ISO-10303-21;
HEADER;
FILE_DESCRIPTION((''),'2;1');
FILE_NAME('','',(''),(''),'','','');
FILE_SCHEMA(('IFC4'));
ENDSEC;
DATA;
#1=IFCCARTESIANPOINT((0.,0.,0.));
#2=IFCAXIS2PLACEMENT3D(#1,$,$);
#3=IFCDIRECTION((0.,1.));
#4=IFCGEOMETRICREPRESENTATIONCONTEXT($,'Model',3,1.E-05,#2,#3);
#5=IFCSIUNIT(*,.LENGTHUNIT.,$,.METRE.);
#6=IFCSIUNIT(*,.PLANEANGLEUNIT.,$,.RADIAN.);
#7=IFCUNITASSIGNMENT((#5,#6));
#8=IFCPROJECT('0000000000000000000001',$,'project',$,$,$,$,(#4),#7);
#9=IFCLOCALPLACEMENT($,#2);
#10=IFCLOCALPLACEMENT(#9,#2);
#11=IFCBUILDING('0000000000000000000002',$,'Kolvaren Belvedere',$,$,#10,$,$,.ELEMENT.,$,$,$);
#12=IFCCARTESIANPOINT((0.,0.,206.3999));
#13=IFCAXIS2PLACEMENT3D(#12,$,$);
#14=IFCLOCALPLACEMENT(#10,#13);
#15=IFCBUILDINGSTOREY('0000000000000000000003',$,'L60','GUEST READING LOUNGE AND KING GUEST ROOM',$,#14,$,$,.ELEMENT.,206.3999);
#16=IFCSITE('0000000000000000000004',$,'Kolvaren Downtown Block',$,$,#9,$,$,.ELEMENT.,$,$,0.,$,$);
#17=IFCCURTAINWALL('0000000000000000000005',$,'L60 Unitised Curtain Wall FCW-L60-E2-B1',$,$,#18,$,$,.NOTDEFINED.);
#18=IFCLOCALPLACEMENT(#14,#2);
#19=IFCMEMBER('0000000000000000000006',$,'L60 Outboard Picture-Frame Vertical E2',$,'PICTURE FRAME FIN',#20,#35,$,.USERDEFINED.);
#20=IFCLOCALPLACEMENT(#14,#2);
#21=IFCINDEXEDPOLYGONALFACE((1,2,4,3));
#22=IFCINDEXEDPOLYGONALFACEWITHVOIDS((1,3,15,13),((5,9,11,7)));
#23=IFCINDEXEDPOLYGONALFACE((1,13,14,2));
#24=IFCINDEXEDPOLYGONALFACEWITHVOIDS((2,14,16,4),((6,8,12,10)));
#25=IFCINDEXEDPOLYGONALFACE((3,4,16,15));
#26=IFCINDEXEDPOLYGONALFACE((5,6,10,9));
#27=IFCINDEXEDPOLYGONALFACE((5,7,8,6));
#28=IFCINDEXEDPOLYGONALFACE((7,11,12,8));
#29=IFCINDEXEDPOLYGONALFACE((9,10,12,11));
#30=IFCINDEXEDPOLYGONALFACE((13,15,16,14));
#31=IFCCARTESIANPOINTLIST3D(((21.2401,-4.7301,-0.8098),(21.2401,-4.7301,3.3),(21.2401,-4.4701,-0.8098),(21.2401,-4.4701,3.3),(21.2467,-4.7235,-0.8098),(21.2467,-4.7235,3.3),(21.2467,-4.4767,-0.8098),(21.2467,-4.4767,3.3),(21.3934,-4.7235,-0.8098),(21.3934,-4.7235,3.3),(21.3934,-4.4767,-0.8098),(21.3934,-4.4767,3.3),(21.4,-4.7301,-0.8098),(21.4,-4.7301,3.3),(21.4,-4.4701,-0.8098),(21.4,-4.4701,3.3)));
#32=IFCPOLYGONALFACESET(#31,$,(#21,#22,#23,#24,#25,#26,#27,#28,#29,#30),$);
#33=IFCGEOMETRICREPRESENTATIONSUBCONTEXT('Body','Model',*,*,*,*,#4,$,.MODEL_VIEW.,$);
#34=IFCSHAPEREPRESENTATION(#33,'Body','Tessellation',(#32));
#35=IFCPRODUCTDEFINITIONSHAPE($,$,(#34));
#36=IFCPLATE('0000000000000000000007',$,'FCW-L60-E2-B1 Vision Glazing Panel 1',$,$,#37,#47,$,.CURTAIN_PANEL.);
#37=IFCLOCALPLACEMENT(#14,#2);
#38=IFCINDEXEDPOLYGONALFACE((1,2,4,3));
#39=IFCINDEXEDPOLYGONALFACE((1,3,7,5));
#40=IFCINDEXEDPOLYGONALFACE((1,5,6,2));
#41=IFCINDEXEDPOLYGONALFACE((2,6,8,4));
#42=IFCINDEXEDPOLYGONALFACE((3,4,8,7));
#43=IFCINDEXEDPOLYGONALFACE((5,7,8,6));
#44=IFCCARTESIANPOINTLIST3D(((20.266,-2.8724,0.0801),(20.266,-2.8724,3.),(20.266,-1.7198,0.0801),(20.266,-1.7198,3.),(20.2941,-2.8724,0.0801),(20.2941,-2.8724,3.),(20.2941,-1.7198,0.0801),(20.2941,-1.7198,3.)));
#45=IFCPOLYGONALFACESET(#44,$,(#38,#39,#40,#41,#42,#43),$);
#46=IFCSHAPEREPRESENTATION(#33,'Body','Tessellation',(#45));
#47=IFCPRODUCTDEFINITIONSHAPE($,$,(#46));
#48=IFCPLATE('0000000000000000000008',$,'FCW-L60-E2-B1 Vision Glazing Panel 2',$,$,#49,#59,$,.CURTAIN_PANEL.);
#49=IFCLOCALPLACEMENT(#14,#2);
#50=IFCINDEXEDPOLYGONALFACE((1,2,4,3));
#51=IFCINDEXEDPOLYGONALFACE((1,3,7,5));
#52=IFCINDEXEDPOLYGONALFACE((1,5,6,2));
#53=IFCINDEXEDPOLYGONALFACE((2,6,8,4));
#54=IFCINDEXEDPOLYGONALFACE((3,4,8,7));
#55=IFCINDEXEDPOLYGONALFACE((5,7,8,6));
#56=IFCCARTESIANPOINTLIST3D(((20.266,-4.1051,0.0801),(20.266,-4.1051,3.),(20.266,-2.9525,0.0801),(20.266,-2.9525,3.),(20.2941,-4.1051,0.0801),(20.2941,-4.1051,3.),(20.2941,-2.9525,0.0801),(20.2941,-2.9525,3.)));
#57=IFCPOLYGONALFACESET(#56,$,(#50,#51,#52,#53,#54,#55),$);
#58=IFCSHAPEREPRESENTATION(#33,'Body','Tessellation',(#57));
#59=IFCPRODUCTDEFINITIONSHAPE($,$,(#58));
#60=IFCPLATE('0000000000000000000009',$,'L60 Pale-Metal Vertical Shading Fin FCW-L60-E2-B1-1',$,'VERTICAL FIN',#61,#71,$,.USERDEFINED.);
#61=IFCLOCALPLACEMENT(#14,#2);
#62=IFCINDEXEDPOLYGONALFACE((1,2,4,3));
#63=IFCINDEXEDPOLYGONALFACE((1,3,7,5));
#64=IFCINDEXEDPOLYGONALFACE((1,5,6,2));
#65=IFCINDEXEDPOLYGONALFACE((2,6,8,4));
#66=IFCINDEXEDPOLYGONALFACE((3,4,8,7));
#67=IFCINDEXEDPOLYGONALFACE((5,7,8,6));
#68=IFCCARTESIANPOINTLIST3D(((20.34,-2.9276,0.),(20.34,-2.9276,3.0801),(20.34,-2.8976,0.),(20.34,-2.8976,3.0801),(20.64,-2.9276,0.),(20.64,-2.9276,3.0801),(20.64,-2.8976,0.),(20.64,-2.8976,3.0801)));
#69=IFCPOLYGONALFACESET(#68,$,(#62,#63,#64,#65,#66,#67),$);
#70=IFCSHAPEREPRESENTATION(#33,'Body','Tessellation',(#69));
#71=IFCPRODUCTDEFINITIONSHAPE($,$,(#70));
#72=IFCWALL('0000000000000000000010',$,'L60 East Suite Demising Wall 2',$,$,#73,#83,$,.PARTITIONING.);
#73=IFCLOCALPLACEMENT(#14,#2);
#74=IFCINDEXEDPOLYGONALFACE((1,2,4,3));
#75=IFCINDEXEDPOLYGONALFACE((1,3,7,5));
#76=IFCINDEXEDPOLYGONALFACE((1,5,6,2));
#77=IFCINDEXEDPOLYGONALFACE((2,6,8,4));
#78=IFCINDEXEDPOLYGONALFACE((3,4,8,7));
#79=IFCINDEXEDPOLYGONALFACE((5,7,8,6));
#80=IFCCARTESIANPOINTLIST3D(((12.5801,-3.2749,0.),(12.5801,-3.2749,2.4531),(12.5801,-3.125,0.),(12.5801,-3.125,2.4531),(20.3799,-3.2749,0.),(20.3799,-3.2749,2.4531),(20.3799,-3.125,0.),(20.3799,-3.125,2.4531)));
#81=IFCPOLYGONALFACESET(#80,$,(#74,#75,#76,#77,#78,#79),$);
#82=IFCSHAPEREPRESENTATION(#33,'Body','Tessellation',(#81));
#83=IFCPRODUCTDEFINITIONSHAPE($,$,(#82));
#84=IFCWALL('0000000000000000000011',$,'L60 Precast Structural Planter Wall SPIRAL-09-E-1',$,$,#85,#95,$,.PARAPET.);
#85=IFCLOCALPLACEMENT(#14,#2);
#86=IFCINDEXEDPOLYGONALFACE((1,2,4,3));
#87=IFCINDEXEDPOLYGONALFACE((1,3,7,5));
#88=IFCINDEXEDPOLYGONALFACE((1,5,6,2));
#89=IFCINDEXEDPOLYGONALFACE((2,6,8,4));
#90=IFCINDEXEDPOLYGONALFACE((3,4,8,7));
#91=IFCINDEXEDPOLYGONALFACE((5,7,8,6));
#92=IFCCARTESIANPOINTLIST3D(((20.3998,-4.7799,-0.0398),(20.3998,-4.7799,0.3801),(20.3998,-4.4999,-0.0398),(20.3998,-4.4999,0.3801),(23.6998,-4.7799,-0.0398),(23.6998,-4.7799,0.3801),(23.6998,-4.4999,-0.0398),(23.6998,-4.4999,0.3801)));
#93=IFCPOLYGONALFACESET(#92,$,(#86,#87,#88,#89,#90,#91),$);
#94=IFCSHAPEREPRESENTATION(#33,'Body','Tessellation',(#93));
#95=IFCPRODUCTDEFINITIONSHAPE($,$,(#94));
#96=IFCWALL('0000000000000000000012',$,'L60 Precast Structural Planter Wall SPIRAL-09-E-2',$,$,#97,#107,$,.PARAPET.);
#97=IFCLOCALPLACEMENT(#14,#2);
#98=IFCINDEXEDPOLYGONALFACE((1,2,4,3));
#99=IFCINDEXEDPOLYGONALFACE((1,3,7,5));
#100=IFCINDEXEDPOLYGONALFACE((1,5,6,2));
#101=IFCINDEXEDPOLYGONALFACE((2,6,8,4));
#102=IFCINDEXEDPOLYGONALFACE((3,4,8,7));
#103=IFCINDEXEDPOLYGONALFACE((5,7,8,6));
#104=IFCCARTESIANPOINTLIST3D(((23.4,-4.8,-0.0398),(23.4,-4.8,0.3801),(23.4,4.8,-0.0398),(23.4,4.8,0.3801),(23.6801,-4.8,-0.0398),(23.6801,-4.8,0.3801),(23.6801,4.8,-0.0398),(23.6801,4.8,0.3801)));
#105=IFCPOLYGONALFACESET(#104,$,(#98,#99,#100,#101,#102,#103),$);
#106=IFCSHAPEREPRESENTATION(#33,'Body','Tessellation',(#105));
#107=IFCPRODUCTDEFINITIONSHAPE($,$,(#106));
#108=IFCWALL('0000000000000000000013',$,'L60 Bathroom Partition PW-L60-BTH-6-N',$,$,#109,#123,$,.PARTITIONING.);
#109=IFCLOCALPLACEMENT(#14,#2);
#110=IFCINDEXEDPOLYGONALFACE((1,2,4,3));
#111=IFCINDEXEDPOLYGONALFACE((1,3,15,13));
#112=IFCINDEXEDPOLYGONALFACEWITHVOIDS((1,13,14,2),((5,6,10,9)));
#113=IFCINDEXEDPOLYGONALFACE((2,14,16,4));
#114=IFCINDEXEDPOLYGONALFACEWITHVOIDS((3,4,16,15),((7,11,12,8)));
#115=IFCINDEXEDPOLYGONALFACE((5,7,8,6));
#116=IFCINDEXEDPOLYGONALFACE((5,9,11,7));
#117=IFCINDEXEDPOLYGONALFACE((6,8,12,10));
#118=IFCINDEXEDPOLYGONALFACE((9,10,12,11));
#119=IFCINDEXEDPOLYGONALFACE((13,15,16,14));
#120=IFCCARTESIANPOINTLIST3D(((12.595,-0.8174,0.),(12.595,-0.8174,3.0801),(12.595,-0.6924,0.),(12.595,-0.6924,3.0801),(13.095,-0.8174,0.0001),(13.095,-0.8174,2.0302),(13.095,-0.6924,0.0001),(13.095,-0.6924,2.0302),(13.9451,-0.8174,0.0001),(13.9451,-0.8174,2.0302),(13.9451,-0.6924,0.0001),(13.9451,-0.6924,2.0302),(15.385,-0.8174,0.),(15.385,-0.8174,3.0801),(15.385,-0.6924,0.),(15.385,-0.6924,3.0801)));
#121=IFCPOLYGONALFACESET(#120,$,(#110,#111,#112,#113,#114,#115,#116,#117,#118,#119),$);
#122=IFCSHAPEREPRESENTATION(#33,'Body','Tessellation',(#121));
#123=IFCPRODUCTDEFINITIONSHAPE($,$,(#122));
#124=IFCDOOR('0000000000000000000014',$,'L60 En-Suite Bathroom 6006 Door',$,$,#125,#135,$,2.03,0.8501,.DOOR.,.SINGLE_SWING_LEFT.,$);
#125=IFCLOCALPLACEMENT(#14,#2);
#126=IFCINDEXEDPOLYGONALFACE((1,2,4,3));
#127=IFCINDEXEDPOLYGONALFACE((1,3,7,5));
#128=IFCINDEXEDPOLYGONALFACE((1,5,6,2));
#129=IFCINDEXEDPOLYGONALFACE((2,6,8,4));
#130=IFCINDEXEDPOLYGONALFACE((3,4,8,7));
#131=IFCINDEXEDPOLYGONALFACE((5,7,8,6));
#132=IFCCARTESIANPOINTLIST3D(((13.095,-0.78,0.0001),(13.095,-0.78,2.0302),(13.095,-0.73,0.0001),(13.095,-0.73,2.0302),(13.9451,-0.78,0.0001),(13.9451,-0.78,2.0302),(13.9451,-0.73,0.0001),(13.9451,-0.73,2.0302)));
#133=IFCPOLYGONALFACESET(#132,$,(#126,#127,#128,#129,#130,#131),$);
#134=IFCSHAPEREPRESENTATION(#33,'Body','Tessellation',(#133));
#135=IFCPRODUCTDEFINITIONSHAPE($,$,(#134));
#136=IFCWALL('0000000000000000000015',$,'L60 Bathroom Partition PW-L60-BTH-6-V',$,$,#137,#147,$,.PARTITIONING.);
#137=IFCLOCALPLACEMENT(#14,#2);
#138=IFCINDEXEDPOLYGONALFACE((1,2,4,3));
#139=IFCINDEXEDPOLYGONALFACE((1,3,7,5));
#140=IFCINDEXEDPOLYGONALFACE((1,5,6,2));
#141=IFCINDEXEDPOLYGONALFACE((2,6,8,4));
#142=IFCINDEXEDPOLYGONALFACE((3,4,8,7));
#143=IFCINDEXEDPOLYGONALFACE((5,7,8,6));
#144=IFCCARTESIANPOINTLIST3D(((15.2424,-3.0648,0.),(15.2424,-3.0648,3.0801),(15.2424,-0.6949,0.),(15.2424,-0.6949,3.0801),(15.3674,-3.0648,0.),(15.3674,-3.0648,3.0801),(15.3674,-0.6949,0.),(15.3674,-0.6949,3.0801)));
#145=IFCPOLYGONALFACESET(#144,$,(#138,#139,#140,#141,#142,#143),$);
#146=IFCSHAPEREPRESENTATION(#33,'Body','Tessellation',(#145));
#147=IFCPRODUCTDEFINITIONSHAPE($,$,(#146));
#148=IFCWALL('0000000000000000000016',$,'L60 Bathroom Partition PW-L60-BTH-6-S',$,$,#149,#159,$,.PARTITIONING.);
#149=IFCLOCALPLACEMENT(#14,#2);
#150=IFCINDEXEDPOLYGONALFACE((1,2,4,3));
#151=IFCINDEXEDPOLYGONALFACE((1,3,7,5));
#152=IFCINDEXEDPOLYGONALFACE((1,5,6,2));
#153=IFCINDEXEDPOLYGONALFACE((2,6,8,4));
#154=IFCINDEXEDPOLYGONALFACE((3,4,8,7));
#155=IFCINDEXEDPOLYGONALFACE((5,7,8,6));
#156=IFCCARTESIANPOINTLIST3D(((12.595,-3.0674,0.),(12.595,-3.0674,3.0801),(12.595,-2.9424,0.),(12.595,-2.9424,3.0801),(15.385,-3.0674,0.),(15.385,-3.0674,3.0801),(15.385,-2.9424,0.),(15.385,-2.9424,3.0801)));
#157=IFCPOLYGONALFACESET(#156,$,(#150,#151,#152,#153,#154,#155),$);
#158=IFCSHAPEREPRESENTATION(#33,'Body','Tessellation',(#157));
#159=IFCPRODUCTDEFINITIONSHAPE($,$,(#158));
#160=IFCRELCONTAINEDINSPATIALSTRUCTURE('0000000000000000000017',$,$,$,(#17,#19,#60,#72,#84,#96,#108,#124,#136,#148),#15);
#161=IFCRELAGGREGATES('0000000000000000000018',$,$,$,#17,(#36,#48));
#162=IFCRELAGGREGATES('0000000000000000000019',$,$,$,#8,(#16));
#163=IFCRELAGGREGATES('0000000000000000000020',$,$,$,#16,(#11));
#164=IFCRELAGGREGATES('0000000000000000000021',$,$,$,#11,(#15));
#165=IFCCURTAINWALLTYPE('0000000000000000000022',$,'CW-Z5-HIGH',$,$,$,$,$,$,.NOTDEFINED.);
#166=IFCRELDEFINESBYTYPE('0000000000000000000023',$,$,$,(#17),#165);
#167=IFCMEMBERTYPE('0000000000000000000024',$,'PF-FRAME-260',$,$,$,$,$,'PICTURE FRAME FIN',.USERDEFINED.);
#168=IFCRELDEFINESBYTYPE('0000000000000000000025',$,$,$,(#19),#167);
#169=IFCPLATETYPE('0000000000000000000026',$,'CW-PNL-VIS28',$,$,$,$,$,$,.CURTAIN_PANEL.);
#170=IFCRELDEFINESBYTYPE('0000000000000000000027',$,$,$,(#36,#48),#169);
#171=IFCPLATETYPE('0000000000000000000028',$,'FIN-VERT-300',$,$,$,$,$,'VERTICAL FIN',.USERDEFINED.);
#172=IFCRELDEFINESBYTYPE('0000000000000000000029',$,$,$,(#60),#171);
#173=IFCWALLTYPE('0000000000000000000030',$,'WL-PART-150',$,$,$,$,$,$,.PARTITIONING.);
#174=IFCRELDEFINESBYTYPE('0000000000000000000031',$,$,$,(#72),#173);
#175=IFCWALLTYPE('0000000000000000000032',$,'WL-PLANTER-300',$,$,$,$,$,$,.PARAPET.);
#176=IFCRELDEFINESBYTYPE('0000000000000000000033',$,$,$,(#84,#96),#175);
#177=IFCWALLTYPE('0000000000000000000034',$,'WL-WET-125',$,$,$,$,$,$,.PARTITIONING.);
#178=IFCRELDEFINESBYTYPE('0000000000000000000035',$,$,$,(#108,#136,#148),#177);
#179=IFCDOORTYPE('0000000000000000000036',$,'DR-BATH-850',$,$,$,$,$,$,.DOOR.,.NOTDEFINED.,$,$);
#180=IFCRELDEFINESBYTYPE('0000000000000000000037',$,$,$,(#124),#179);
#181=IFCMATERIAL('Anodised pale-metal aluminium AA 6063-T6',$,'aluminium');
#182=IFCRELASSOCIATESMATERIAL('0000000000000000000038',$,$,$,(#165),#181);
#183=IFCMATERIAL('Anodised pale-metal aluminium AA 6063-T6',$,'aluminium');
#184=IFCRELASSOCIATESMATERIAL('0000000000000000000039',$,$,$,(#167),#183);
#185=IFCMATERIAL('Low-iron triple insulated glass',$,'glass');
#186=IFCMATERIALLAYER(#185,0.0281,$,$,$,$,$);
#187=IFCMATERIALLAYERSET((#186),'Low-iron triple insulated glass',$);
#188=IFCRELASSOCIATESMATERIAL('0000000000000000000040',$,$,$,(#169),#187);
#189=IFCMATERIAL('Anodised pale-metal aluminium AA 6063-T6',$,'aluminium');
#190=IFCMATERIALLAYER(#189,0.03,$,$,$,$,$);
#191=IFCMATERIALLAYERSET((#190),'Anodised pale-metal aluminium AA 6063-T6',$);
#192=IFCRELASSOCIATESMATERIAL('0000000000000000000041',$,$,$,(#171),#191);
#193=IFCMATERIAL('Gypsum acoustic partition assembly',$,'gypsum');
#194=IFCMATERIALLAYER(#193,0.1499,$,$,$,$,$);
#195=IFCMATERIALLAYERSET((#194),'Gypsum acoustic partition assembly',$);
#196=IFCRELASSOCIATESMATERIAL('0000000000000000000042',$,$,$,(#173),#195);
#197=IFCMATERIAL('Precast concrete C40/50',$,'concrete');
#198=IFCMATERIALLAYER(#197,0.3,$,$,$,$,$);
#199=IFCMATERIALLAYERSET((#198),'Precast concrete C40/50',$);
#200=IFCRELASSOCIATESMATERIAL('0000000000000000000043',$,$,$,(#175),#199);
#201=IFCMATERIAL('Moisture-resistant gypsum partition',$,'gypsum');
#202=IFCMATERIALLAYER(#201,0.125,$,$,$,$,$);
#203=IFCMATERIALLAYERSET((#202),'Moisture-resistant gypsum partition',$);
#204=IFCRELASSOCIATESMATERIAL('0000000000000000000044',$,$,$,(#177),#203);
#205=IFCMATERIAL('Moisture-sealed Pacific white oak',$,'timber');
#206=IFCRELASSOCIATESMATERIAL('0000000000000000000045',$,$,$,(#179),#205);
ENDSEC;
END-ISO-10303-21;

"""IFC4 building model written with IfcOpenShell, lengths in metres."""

from ifc_helpers import new_model, si_unit, direction, frame, frame_2d, origin, origin_2d, place, context, subcontext, project, spatial, rectangle, hollow_rectangle, extrude, material, layer, layer_set, material_profile, profile_set, type_object, element, fill, aggregate, save


model = new_model("IFC4")

# Units and contexts
model_context = context("Model", 3, precision=1e-05, world=origin(), true_north=direction((0.0, 1.0)))
body_context = subcontext(model_context, "Body", "Model", "MODEL_VIEW")
ifc_project = project(units=[si_unit("LENGTHUNIT", "METRE"), si_unit("PLANEANGLEUNIT", "RADIAN")], contexts=[model_context])

# Site, building, storey
site_placement = place(None, origin())
site = spatial("IfcSite", under=ifc_project, at=site_placement, Name="Kolvaren Downtown Block", CompositionType="ELEMENT", RefElevation=0.0)
building_placement = place(site_placement, origin())
building = spatial("IfcBuilding", under=site, at=building_placement, Name="Kolvaren Belvedere", CompositionType="ELEMENT")
storey_placement = place(building_placement, frame((0.0, 0.0, 206.3999)))
storey = spatial("IfcBuildingStorey", under=building, at=storey_placement, Name="L60", Description="GUEST READING LOUNGE AND KING GUEST ROOM", CompositionType="ELEMENT", Elevation=206.3999)

# Curtain wall
ifc_material_1 = material(Name="Anodised pale-metal aluminium AA 6063-T6", Category="aluminium")
curtain_wall_type = type_object("IfcCurtainWallType", Name="CW-Z5-HIGH", PredefinedType="NOTDEFINED", material=ifc_material_1)
curtain_wall_1_placement = place(storey_placement, origin())
curtain_wall_1 = element("IfcCurtainWall", 1, at=curtain_wall_1_placement, inside=storey, type_object=curtain_wall_type, Name="L60 Unitised Curtain Wall FCW-L60-E2-B1", PredefinedType="NOTDEFINED")

# Member
ifc_material_2 = material(Name="Anodised pale-metal aluminium AA 6063-T6", Category="aluminium")
ifc_material_profile_1 = material_profile(ifc_material_2, hollow_rectangle(XDim=0.1599, YDim=0.26, WallThickness=0.0066, at=origin_2d()), Name="ALU-PF-260X160")
ifc_profile_set_1 = profile_set([ifc_material_profile_1], Name="Anodised pale-metal aluminium AA 6063-T6")
member_type_1 = type_object("IfcMemberType", Name="PF-FRAME-260", ElementType="PICTURE FRAME FIN", PredefinedType="USERDEFINED", material=ifc_profile_set_1)
member_1_placement = place(storey_placement, frame((21.3201, -4.6001, -0.8098), z_axis=(0.0, 0.0, 1.0), x_axis=(1.0, 0.0, 0.0)))
element("IfcMember", 2, at=member_1_placement, inside=storey, type_object=member_type_1, Name="L60 Outboard Picture-Frame Vertical E2", ObjectType="PICTURE FRAME FIN", PredefinedType="USERDEFINED", context=body_context, shape_type="SweptSolid", body=[
    extrude(hollow_rectangle(XDim=0.1599, YDim=0.26, WallThickness=0.0066, at=origin_2d()), origin(), (0.0, 0.0, 1.0), 4.1099),
])

# Plates
ifc_material_3 = material(Name="Low-iron triple insulated glass", Category="glass")
ifc_layer_1 = layer(ifc_material_3, 0.0281)
ifc_layer_set_1 = layer_set([ifc_layer_1], Name="Low-iron triple insulated glass")
plate_type_1 = type_object("IfcPlateType", Name="CW-PNL-VIS28", PredefinedType="CURTAIN_PANEL", material=ifc_layer_set_1)
plate_1_placement = place(storey_placement, frame((20.28, -2.2961, 0.0801), z_axis=(0.0, 0.0, 1.0), x_axis=(0.0, -1.0, 0.0)))
plate_1 = element("IfcPlate", 3, at=plate_1_placement, type_object=plate_type_1, Name="FCW-L60-E2-B1 Vision Glazing Panel 1", PredefinedType="CURTAIN_PANEL", context=body_context, shape_type="SweptSolid", body=[
    extrude(rectangle(XDim=1.1526, YDim=0.0281, at=origin_2d()), origin(), (0.0, 0.0, 1.0), 2.9199),
])
plate_2_placement = place(storey_placement, frame((20.28, -3.5288, 0.0801), z_axis=(0.0, 0.0, 1.0), x_axis=(0.0, -1.0, 0.0)))
plate_2 = element("IfcPlate", 4, at=plate_2_placement, type_object=plate_type_1, Name="FCW-L60-E2-B1 Vision Glazing Panel 2", PredefinedType="CURTAIN_PANEL", context=body_context, shape_type="SweptSolid", body=[
    extrude(rectangle(XDim=1.1526, YDim=0.0281, at=origin_2d()), origin(), (0.0, 0.0, 1.0), 2.9199),
])
aggregate(curtain_wall_1, [plate_1, plate_2])
ifc_material_4 = material(Name="Anodised pale-metal aluminium AA 6063-T6", Category="aluminium")
ifc_layer_2 = layer(ifc_material_4, 0.03)
ifc_layer_set_2 = layer_set([ifc_layer_2], Name="Anodised pale-metal aluminium AA 6063-T6")
plate_type_2 = type_object("IfcPlateType", Name="FIN-VERT-300", ElementType="VERTICAL FIN", PredefinedType="USERDEFINED", material=ifc_layer_set_2)
plate_3_placement = place(storey_placement, frame((20.49, -2.9126, 0.0), z_axis=(0.0, 0.0, 1.0), x_axis=(1.0, 0.0, 0.0)))
element("IfcPlate", 5, at=plate_3_placement, inside=storey, type_object=plate_type_2, Name="L60 Pale-Metal Vertical Shading Fin FCW-L60-E2-B1-1", ObjectType="VERTICAL FIN", PredefinedType="USERDEFINED", context=body_context, shape_type="SweptSolid", body=[
    extrude(rectangle(XDim=0.3, YDim=0.03, at=origin_2d()), origin(), (0.0, 0.0, 1.0), 3.0801),
])

# Walls
ifc_material_5 = material(Name="Gypsum acoustic partition assembly", Category="gypsum")
ifc_layer_3 = layer(ifc_material_5, 0.1499)
ifc_layer_set_3 = layer_set([ifc_layer_3], Name="Gypsum acoustic partition assembly")
wall_type_1 = type_object("IfcWallType", Name="WL-PART-150", PredefinedType="PARTITIONING", material=ifc_layer_set_3)
wall_1_placement = place(storey_placement, frame((12.5801, -3.2, 0.0), z_axis=(0.0, 0.0, 1.0), x_axis=(1.0, 0.0, 0.0)))
element("IfcWall", 6, at=wall_1_placement, inside=storey, type_object=wall_type_1, Name="L60 East Suite Demising Wall 2", PredefinedType="PARTITIONING", context=body_context, shape_type="SweptSolid", body=[
    extrude(rectangle(XDim=7.7998, YDim=0.1499, at=frame_2d((3.8999, 0.0))), origin(), (0.0, 0.0, 1.0), 2.4531),
])
ifc_material_6 = material(Name="Precast concrete C40/50", Category="concrete")
ifc_layer_4 = layer(ifc_material_6, 0.3)
ifc_layer_set_4 = layer_set([ifc_layer_4], Name="Precast concrete C40/50")
wall_type_2 = type_object("IfcWallType", Name="WL-PLANTER-300", PredefinedType="PARAPET", material=ifc_layer_set_4)
wall_2_placement = place(storey_placement, frame((20.3999, -4.6399, -0.0398), z_axis=(0.0, 0.0, 1.0), x_axis=(1.0, 0.0, 0.0)))
element("IfcWall", 7, at=wall_2_placement, inside=storey, type_object=wall_type_2, Name="L60 Precast Structural Planter Wall SPIRAL-09-E-1", PredefinedType="PARAPET", context=body_context, shape_type="SweptSolid", body=[
    extrude(rectangle(XDim=3.3, YDim=0.28, at=frame_2d((1.6499, 0.0))), origin(), (0.0, 0.0, 1.0), 0.4199),
])
wall_3_placement = place(storey_placement, frame((23.54, -4.8, -0.0398), z_axis=(0.0, 0.0, 1.0), x_axis=(0.0, 1.0, 0.0)))
element("IfcWall", 8, at=wall_3_placement, inside=storey, type_object=wall_type_2, Name="L60 Precast Structural Planter Wall SPIRAL-09-E-2", PredefinedType="PARAPET", context=body_context, shape_type="SweptSolid", body=[
    extrude(rectangle(XDim=9.6001, YDim=0.28, at=frame_2d((4.8, 0.0))), origin(), (0.0, 0.0, 1.0), 0.4199),
])

# Wall, opening, door
ifc_material_7 = material(Name="Moisture-resistant gypsum partition", Category="gypsum")
ifc_layer_5 = layer(ifc_material_7, 0.125)
ifc_layer_set_5 = layer_set([ifc_layer_5], Name="Moisture-resistant gypsum partition")
wall_type_3 = type_object("IfcWallType", Name="WL-WET-125", PredefinedType="PARTITIONING", material=ifc_layer_set_5)
wall_4_placement = place(storey_placement, frame((12.595, -0.7549, 0.0), z_axis=(0.0, 0.0, 1.0), x_axis=(1.0, 0.0, 0.0)))
wall_4 = element("IfcWall", 9, at=wall_4_placement, inside=storey, type_object=wall_type_3, Name="L60 Bathroom Partition PW-L60-BTH-6-N", PredefinedType="PARTITIONING", context=body_context, shape_type="SweptSolid", body=[
    extrude(rectangle(XDim=2.79, YDim=0.125, at=frame_2d((1.395, 0.0))), origin(), (0.0, 0.0, 1.0), 3.0801),
])
opening_placement = place(wall_4_placement, frame((0.5, 0.0, 0.0)))
opening = element("IfcOpeningElement", 10, at=opening_placement, cuts=wall_4, PredefinedType="OPENING", context=body_context, shape_type="SweptSolid", body=[
    extrude(rectangle(XDim=0.8501, YDim=2.03, at=frame_2d((0.425, 1.0151))), frame((0.0, 0.0725, 0.0), z_axis=(0.0, -1.0, 0.0), x_axis=(1.0, 0.0, 0.0)), (0.0, 0.0, 1.0), 0.145),
])
ifc_material_8 = material(Name="Moisture-sealed Pacific white oak", Category="timber")
door_type = type_object("IfcDoorType", Name="DR-BATH-850", OperationType="NOTDEFINED", PredefinedType="DOOR", material=ifc_material_8)
door_placement = place(opening_placement, origin())
door = element("IfcDoor", 11, at=door_placement, inside=storey, type_object=door_type, Name="L60 En-Suite Bathroom 6006 Door", OperationType="SINGLE_SWING_LEFT", OverallHeight=2.03, OverallWidth=0.8501, PredefinedType="DOOR", context=body_context, shape_type="SweptSolid", body=[
    extrude(rectangle(XDim=0.8501, YDim=2.03, at=frame_2d((0.425, 1.0151))), frame((0.0, 0.0249, 0.0), z_axis=(0.0, -1.0, 0.0), x_axis=(1.0, 0.0, 0.0)), (0.0, 0.0, 1.0), 0.05),
])
fill(opening, door)

# Walls
wall_5_placement = place(storey_placement, frame((15.3049, -3.0649, 0.0), z_axis=(0.0, 0.0, 1.0), x_axis=(0.0, 1.0, 0.0)))
element("IfcWall", 12, at=wall_5_placement, inside=storey, type_object=wall_type_3, Name="L60 Bathroom Partition PW-L60-BTH-6-V", PredefinedType="PARTITIONING", context=body_context, shape_type="SweptSolid", body=[
    extrude(rectangle(XDim=2.3699, YDim=0.125, at=frame_2d((1.1851, 0.0))), origin(), (0.0, 0.0, 1.0), 3.0801),
])
wall_6_placement = place(storey_placement, frame((12.595, -3.0049, 0.0), z_axis=(0.0, 0.0, 1.0), x_axis=(1.0, 0.0, 0.0)))
element("IfcWall", 13, at=wall_6_placement, inside=storey, type_object=wall_type_3, Name="L60 Bathroom Partition PW-L60-BTH-6-S", PredefinedType="PARTITIONING", context=body_context, shape_type="SweptSolid", body=[
    extrude(rectangle(XDim=2.79, YDim=0.125, at=frame_2d((1.395, 0.0))), origin(), (0.0, 0.0, 1.0), 3.0801),
])

save(model, "model.ifc")
